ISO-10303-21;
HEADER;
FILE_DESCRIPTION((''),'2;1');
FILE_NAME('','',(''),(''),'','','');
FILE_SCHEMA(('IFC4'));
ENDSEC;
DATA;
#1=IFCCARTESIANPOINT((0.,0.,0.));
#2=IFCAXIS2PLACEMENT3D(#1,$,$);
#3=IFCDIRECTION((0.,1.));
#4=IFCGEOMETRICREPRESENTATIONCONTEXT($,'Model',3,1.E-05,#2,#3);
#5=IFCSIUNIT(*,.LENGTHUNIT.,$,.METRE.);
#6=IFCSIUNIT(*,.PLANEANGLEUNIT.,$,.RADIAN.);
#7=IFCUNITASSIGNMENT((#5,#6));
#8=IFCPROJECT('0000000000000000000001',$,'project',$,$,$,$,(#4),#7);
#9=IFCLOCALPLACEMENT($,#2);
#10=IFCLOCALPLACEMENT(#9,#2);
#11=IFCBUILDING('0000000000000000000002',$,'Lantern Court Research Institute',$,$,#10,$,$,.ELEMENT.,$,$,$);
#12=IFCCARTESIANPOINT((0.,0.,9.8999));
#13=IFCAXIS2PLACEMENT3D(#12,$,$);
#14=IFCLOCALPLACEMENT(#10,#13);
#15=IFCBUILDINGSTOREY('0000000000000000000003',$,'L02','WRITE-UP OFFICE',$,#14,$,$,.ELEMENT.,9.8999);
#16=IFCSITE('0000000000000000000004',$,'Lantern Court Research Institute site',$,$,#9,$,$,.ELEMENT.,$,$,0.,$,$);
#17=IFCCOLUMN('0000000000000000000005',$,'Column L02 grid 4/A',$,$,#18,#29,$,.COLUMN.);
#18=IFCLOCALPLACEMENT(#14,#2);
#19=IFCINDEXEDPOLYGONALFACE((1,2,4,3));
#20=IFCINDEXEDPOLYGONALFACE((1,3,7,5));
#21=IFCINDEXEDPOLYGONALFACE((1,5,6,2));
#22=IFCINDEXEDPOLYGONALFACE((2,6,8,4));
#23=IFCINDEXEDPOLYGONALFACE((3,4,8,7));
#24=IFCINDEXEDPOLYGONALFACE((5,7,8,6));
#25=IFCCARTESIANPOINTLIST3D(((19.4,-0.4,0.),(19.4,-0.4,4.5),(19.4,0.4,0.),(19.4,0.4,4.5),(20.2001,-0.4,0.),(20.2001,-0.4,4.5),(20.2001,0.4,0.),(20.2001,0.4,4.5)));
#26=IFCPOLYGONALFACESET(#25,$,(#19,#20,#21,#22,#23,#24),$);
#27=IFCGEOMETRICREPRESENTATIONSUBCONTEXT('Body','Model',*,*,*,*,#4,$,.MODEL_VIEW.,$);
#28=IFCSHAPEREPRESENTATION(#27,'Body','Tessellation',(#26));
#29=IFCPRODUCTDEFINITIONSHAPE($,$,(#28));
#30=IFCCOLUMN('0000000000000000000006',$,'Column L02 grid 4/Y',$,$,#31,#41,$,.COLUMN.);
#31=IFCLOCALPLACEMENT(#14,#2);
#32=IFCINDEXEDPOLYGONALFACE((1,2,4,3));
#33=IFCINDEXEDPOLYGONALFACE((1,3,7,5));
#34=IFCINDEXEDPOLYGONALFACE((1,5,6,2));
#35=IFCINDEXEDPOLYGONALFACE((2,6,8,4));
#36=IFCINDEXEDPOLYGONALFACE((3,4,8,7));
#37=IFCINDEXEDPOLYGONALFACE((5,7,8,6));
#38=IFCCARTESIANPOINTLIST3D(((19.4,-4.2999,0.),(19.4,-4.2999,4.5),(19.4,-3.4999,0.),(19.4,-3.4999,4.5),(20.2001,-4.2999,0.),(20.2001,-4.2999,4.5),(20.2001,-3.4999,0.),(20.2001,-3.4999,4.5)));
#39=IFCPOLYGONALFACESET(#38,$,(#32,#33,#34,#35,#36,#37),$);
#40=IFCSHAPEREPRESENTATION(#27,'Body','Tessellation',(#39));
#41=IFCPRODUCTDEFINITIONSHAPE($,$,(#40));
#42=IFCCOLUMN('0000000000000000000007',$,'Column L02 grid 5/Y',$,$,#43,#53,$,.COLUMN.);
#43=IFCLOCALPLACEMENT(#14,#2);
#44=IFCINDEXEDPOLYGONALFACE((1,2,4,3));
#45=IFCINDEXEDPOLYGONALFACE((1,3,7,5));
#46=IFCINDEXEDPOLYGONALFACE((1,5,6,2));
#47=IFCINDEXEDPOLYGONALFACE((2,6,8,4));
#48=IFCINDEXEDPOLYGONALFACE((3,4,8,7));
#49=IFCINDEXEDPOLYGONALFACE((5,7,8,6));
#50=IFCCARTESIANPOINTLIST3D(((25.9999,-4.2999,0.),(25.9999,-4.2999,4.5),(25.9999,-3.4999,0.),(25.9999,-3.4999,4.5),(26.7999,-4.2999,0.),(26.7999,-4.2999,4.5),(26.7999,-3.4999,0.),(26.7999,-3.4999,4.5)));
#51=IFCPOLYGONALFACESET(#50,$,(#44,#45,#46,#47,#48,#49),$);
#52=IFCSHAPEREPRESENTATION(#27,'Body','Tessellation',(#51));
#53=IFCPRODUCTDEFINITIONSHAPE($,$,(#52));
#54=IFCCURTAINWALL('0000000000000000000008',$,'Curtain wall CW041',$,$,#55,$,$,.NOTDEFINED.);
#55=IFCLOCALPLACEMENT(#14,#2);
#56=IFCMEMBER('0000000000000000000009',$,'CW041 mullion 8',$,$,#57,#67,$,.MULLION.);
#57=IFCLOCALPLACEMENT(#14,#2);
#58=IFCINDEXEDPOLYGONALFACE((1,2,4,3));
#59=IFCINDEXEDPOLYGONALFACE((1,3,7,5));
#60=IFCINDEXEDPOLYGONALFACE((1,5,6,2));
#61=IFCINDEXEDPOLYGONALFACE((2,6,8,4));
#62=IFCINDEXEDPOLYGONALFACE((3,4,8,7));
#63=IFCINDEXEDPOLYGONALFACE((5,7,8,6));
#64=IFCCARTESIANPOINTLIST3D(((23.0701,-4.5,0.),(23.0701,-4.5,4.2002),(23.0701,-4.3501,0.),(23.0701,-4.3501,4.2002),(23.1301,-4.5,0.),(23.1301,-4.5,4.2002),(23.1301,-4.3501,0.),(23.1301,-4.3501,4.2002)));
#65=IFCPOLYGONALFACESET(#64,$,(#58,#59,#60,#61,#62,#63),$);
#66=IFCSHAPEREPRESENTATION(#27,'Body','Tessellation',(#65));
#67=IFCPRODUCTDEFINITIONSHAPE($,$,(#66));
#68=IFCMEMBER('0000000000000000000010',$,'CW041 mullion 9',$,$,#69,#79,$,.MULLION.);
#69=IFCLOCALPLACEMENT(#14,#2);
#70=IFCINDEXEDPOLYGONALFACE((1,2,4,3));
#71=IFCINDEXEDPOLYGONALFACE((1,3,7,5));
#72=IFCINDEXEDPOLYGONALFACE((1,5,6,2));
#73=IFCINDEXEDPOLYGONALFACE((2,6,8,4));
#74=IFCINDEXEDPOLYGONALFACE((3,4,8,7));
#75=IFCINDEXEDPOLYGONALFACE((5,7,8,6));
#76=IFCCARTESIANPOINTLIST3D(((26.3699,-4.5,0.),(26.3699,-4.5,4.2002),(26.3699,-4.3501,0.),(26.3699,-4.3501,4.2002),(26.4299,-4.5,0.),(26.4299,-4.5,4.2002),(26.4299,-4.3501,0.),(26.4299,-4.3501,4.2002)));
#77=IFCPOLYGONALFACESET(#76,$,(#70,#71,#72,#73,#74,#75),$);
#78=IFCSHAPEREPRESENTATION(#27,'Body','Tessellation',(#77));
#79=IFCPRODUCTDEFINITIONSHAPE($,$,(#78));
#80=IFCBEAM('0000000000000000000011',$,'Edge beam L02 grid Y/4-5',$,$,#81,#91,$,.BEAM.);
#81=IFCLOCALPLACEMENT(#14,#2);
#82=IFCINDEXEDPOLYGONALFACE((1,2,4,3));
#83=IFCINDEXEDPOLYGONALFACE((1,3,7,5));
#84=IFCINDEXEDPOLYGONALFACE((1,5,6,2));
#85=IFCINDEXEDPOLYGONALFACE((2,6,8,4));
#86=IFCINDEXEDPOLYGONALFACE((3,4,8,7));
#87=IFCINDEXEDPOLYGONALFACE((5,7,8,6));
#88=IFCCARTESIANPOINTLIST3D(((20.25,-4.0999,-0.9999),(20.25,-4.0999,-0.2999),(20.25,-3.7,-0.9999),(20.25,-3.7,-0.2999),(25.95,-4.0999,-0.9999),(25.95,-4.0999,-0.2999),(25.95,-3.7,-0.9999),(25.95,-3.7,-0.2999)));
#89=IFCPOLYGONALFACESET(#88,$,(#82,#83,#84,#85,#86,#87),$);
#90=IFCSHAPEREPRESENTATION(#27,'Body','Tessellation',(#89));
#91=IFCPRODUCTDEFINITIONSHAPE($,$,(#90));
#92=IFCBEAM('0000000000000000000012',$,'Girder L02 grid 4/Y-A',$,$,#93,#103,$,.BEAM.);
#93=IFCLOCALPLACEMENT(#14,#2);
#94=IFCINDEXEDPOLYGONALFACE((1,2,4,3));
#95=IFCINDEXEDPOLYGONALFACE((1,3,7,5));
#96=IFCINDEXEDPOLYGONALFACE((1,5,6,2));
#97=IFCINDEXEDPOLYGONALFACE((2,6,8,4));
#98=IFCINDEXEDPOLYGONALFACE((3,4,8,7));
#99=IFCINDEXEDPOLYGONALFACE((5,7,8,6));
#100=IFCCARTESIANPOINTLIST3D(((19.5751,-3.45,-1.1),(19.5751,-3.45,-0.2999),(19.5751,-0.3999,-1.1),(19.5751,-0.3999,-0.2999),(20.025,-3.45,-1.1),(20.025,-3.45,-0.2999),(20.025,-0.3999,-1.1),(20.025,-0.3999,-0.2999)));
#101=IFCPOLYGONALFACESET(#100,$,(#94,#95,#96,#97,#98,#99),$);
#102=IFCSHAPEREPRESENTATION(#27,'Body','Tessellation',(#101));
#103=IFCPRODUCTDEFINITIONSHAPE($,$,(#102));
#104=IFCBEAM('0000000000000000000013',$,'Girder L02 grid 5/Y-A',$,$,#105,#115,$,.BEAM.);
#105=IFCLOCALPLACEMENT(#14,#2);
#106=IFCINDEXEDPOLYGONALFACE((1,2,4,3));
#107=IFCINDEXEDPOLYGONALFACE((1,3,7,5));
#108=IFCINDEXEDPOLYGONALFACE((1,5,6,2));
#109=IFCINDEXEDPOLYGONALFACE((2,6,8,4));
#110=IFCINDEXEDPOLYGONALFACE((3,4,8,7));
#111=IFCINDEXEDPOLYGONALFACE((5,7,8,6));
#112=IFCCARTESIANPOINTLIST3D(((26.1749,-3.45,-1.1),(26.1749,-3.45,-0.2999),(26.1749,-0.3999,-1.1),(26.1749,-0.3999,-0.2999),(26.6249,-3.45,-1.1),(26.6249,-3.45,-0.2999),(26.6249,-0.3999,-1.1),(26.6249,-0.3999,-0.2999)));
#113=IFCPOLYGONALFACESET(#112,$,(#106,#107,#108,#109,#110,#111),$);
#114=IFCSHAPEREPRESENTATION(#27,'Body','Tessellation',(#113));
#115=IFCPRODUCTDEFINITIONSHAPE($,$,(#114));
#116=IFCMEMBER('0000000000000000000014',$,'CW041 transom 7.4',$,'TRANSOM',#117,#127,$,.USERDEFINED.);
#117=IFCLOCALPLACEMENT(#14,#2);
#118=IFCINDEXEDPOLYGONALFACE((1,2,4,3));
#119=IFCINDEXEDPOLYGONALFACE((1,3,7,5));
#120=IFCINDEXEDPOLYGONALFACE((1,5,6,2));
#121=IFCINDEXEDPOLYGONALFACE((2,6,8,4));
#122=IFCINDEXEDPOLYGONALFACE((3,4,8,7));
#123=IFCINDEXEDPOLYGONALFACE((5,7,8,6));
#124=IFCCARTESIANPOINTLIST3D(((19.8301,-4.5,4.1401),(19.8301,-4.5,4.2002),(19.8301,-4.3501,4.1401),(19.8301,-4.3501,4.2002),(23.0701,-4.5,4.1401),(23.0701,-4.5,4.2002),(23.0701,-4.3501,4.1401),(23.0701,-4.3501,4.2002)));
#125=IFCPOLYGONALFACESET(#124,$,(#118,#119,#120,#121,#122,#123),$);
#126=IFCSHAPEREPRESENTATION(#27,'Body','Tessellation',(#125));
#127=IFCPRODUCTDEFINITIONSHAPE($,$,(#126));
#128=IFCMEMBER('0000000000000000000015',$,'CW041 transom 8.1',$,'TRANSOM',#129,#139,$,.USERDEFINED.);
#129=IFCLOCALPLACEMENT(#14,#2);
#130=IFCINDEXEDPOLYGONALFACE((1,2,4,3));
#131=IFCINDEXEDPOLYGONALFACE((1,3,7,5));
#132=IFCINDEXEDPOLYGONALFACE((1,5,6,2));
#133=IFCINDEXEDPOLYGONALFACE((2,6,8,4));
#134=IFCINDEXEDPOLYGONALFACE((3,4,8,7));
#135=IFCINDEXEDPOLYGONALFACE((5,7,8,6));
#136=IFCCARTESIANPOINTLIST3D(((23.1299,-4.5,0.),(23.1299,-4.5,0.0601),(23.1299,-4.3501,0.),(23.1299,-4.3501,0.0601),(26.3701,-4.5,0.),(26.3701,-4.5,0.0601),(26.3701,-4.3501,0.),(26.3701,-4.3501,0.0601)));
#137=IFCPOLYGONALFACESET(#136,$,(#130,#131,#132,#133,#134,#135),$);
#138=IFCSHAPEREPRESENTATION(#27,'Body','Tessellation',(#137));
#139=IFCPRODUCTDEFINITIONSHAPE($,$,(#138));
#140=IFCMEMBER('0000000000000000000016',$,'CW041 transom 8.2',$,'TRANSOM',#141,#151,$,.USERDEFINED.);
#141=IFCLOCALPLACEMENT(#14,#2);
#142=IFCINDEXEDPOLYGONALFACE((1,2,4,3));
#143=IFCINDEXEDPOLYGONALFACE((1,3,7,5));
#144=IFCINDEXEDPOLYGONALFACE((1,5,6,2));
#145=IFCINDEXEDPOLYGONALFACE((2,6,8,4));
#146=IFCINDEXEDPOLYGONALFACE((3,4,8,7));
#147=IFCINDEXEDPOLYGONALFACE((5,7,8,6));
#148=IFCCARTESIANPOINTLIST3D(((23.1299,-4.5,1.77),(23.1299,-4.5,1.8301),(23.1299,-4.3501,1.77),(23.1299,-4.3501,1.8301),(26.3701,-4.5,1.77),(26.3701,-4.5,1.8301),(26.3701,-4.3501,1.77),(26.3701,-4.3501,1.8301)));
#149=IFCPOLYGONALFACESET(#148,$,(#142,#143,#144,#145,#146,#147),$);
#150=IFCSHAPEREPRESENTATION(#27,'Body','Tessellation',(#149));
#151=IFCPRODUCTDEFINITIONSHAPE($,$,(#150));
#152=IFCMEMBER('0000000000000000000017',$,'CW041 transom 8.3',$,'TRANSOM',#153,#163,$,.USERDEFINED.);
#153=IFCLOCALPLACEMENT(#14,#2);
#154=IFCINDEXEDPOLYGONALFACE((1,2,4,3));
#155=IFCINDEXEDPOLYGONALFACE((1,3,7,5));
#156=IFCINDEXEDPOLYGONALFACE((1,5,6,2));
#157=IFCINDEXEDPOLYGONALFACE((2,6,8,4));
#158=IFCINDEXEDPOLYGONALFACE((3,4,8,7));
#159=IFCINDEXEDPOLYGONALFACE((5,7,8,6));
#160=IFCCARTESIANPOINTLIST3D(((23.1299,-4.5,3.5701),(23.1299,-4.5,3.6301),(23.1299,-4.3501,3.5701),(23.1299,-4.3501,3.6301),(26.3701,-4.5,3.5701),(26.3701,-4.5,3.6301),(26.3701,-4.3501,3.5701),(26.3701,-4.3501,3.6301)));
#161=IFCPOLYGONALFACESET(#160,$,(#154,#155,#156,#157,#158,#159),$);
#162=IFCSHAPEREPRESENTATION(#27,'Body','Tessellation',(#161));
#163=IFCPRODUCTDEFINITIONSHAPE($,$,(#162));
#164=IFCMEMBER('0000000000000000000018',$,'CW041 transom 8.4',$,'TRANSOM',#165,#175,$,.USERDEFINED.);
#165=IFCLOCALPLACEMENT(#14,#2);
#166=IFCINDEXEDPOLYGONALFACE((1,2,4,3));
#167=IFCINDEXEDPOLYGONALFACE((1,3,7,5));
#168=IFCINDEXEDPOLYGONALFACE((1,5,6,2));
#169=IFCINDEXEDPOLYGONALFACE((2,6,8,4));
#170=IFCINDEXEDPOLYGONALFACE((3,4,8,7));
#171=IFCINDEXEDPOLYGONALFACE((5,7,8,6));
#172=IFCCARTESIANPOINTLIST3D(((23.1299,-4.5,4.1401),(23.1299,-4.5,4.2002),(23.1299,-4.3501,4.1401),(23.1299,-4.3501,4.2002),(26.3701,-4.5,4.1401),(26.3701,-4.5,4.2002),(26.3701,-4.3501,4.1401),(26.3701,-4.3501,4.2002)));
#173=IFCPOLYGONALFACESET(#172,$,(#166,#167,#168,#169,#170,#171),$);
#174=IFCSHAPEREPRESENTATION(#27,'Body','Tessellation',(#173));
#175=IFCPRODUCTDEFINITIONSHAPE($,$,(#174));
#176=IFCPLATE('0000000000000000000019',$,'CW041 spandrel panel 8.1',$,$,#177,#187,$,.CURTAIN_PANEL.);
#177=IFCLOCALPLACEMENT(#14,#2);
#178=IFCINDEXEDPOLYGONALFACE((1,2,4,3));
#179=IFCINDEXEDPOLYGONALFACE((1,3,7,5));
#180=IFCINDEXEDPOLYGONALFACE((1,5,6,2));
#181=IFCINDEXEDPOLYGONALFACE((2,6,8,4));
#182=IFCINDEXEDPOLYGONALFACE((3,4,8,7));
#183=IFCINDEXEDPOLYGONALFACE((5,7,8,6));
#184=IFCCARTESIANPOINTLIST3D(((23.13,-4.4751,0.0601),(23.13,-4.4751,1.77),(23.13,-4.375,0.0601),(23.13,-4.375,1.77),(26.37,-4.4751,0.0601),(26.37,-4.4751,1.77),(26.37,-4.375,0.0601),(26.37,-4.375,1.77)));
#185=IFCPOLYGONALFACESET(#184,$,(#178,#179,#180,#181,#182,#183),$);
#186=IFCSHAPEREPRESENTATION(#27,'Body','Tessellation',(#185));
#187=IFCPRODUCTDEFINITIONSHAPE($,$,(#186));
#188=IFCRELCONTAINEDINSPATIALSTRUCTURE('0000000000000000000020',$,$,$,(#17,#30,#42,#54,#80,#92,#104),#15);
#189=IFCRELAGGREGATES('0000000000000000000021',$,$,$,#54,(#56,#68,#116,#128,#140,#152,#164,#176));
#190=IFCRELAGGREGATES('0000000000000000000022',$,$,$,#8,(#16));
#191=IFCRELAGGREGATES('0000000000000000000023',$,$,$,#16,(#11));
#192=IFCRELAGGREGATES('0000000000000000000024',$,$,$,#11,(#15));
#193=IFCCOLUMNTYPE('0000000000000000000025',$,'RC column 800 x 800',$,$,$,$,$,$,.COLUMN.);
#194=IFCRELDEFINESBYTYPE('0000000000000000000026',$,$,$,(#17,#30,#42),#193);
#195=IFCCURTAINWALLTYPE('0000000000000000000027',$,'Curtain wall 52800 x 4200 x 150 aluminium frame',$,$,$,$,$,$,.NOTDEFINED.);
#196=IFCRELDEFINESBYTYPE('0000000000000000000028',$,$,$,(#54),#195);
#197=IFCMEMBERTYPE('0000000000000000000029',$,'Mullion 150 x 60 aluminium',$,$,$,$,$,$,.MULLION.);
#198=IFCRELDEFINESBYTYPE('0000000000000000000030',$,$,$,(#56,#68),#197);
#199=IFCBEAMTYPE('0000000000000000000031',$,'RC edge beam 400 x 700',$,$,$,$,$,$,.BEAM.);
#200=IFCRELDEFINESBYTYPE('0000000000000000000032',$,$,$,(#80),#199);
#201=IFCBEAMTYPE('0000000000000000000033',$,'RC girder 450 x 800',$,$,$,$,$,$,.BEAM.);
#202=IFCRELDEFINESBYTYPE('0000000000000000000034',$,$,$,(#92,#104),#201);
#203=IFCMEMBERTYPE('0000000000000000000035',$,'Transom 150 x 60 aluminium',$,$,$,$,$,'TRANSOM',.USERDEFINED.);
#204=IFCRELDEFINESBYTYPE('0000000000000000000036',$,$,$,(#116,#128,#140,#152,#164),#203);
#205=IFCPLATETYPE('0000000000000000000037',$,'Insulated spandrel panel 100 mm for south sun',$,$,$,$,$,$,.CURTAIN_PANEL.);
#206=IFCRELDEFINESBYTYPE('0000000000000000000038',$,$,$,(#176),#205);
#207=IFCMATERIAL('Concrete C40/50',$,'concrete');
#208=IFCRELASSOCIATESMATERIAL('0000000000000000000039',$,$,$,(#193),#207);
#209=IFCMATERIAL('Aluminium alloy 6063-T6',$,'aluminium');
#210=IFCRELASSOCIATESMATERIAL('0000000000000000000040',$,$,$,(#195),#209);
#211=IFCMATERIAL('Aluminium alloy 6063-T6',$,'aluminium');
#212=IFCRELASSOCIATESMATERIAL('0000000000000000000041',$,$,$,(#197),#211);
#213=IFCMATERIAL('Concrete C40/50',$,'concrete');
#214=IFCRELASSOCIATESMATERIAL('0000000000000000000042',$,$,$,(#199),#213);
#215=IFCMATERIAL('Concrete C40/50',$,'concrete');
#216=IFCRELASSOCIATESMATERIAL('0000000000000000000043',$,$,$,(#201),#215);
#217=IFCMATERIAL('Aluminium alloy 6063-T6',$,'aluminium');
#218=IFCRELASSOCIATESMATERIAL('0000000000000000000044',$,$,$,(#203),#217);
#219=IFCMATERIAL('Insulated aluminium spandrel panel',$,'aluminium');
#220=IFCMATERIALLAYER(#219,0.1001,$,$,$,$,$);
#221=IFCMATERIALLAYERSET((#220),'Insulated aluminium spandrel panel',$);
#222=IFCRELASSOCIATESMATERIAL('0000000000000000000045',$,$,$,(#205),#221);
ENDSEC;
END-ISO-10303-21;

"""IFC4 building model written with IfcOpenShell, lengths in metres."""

from ifc_helpers import new_model, si_unit, direction, frame, origin, origin_2d, place, context, subcontext, project, spatial, rectangle, extrude, material, layer, layer_set, material_profile, profile_set, type_object, element, aggregate, save


model = new_model("IFC4")

# Units and contexts
model_context = context("Model", 3, precision=1e-05, world=origin(), true_north=direction((0.0, 1.0)))
body_context = subcontext(model_context, "Body", "Model", "MODEL_VIEW")
ifc_project = project(units=[si_unit("LENGTHUNIT", "METRE"), si_unit("PLANEANGLEUNIT", "RADIAN")], contexts=[model_context])

# Site, building, storey
site_placement = place(None, origin())
site = spatial("IfcSite", under=ifc_project, at=site_placement, Name="Lantern Court Research Institute site", CompositionType="ELEMENT", RefElevation=0.0)
building_placement = place(site_placement, origin())
building = spatial("IfcBuilding", under=site, at=building_placement, Name="Lantern Court Research Institute", CompositionType="ELEMENT")
storey_placement = place(building_placement, frame((0.0, 0.0, 9.8999)))
storey = spatial("IfcBuildingStorey", under=building, at=storey_placement, Name="L02", Description="WRITE-UP OFFICE", CompositionType="ELEMENT", Elevation=9.8999)

# Columns
ifc_material_1 = material(Name="Concrete C40/50", Category="concrete")
ifc_material_profile_1 = material_profile(ifc_material_1, rectangle(XDim=0.8, YDim=0.8, at=origin_2d()), Name="RC column 800 x 800")
ifc_profile_set_1 = profile_set([ifc_material_profile_1], Name="Concrete C40/50")
column_type = type_object("IfcColumnType", Name="RC column 800 x 800", PredefinedType="COLUMN", material=ifc_profile_set_1)
for number, where, z_axis, x_axis, name in (
    (1, (19.8, 0.0, 0.0), (0.0, 0.0, 1.0), (1.0, 0.0, 0.0), "Column L02 grid 4/A"),
    (2, (19.8, -3.8999, 0.0), (0.0, 0.0, 1.0), (1.0, 0.0, 0.0), "Column L02 grid 4/Y"),
    (3, (26.3999, -3.8999, 0.0), (0.0, 0.0, 1.0), (1.0, 0.0, 0.0), "Column L02 grid 5/Y"),
):
    element("IfcColumn", number, at=place(storey_placement, frame(where, z_axis=z_axis, x_axis=x_axis)), inside=storey, type_object=column_type, Name=name, PredefinedType="COLUMN", context=body_context, shape_type="SweptSolid", body=[
        extrude(rectangle(XDim=0.8, YDim=0.8, at=origin_2d()), origin(), (0.0, 0.0, 1.0), 4.5),
    ])

# Curtain wall, members
ifc_material_2 = material(Name="Aluminium alloy 6063-T6", Category="aluminium")
curtain_wall_type = type_object("IfcCurtainWallType", Name="Curtain wall 52800 x 4200 x 150 aluminium frame", PredefinedType="NOTDEFINED", material=ifc_material_2)
curtain_wall_placement = place(storey_placement, origin())
curtain_wall = element("IfcCurtainWall", 4, at=curtain_wall_placement, inside=storey, type_object=curtain_wall_type, Name="Curtain wall CW041", PredefinedType="NOTDEFINED")
ifc_material_3 = material(Name="Aluminium alloy 6063-T6", Category="aluminium")
ifc_material_profile_2 = material_profile(ifc_material_3, rectangle(XDim=0.1499, YDim=0.0601, at=origin_2d()), Name="Mullion 150 x 60")
ifc_profile_set_2 = profile_set([ifc_material_profile_2], Name="Aluminium alloy 6063-T6")
member_type_1 = type_object("IfcMemberType", Name="Mullion 150 x 60 aluminium", PredefinedType="MULLION", material=ifc_profile_set_2)
member_1_placement = place(storey_placement, frame((23.1001, -4.425, 0.0), z_axis=(0.0, 0.0, 1.0), x_axis=(0.0, -1.0, 0.0)))
member_1 = element("IfcMember", 5, at=member_1_placement, type_object=member_type_1, Name="CW041 mullion 8", PredefinedType="MULLION", context=body_context, shape_type="SweptSolid", body=[
    extrude(rectangle(XDim=0.1499, YDim=0.0601, at=origin_2d()), origin(), (0.0, 0.0, 1.0), 4.2002),
])
member_2_placement = place(storey_placement, frame((26.3999, -4.425, 0.0), z_axis=(0.0, 0.0, 1.0), x_axis=(0.0, -1.0, 0.0)))
member_2 = element("IfcMember", 6, at=member_2_placement, type_object=member_type_1, Name="CW041 mullion 9", PredefinedType="MULLION", context=body_context, shape_type="SweptSolid", body=[
    extrude(rectangle(XDim=0.1499, YDim=0.0601, at=origin_2d()), origin(), (0.0, 0.0, 1.0), 4.2002),
])

# Beams
ifc_material_4 = material(Name="Concrete C40/50", Category="concrete")
ifc_material_profile_3 = material_profile(ifc_material_4, rectangle(XDim=0.3999, YDim=0.7, at=origin_2d()), Name="RC beam 400 x 700")
ifc_profile_set_3 = profile_set([ifc_material_profile_3], Name="Concrete C40/50")
beam_type_1 = type_object("IfcBeamType", Name="RC edge beam 400 x 700", PredefinedType="BEAM", material=ifc_profile_set_3)
beam_placement = place(storey_placement, frame((20.25, -3.8999, -0.6499), z_axis=(1.0, 0.0, 0.0), x_axis=(0.0, 1.0, 0.0)))
element("IfcBeam", 7, at=beam_placement, inside=storey, type_object=beam_type_1, Name="Edge beam L02 grid Y/4-5", PredefinedType="BEAM", context=body_context, shape_type="SweptSolid", body=[
    extrude(rectangle(XDim=0.3999, YDim=0.7, at=origin_2d()), origin(), (0.0, 0.0, 1.0), 5.7),
])
ifc_material_5 = material(Name="Concrete C40/50", Category="concrete")
ifc_material_profile_4 = material_profile(ifc_material_5, rectangle(XDim=0.45, YDim=0.8, at=origin_2d()), Name="RC beam 450 x 800")
ifc_profile_set_4 = profile_set([ifc_material_profile_4], Name="Concrete C40/50")
beam_type_2 = type_object("IfcBeamType", Name="RC girder 450 x 800", PredefinedType="BEAM", material=ifc_profile_set_4)
for number, where, z_axis, x_axis, name in (
    (8, (19.8, -3.45, -0.7), (0.0, 1.0, 0.0), (-1.0, 0.0, 0.0), "Girder L02 grid 4/Y-A"),
    (9, (26.3999, -3.45, -0.7), (0.0, 1.0, 0.0), (-1.0, 0.0, 0.0), "Girder L02 grid 5/Y-A"),
):
    element("IfcBeam", number, at=place(storey_placement, frame(where, z_axis=z_axis, x_axis=x_axis)), inside=storey, type_object=beam_type_2, Name=name, PredefinedType="BEAM", context=body_context, shape_type="SweptSolid", body=[
        extrude(rectangle(XDim=0.45, YDim=0.8, at=origin_2d()), origin(), (0.0, 0.0, 1.0), 3.05),
    ])

# Members
ifc_material_6 = material(Name="Aluminium alloy 6063-T6", Category="aluminium")
ifc_material_profile_5 = material_profile(ifc_material_6, rectangle(XDim=0.1499, YDim=0.0601, at=origin_2d()), Name="Transom 150 x 60")
ifc_profile_set_5 = profile_set([ifc_material_profile_5], Name="Aluminium alloy 6063-T6")
member_type_2 = type_object("IfcMemberType", Name="Transom 150 x 60 aluminium", ElementType="TRANSOM", PredefinedType="USERDEFINED", material=ifc_profile_set_5)
member_3_placement = place(storey_placement, frame((23.0701, -4.425, 4.1702), z_axis=(-1.0, 0.0, 0.0), x_axis=(0.0, -1.0, 0.0)))
member_3 = element("IfcMember", 10, at=member_3_placement, type_object=member_type_2, Name="CW041 transom 7.4", ObjectType="TRANSOM", PredefinedType="USERDEFINED", context=body_context, shape_type="SweptSolid", body=[
    extrude(rectangle(XDim=0.1499, YDim=0.0601, at=origin_2d()), origin(), (0.0, 0.0, 1.0), 3.24),
])
member_4_placement = place(storey_placement, frame((26.3701, -4.425, 0.03), z_axis=(-1.0, 0.0, 0.0), x_axis=(0.0, -1.0, 0.0)))
member_4 = element("IfcMember", 11, at=member_4_placement, type_object=member_type_2, Name="CW041 transom 8.1", ObjectType="TRANSOM", PredefinedType="USERDEFINED", context=body_context, shape_type="SweptSolid", body=[
    extrude(rectangle(XDim=0.1499, YDim=0.0601, at=origin_2d()), origin(), (0.0, 0.0, 1.0), 3.2402),
])
member_5_placement = place(storey_placement, frame((26.3701, -4.425, 1.8), z_axis=(-1.0, 0.0, 0.0), x_axis=(0.0, -1.0, 0.0)))
member_5 = element("IfcMember", 12, at=member_5_placement, type_object=member_type_2, Name="CW041 transom 8.2", ObjectType="TRANSOM", PredefinedType="USERDEFINED", context=body_context, shape_type="SweptSolid", body=[
    extrude(rectangle(XDim=0.1499, YDim=0.0601, at=origin_2d()), origin(), (0.0, 0.0, 1.0), 3.2402),
])
member_6_placement = place(storey_placement, frame((26.3701, -4.425, 3.6001), z_axis=(-1.0, 0.0, 0.0), x_axis=(0.0, -1.0, 0.0)))
member_6 = element("IfcMember", 13, at=member_6_placement, type_object=member_type_2, Name="CW041 transom 8.3", ObjectType="TRANSOM", PredefinedType="USERDEFINED", context=body_context, shape_type="SweptSolid", body=[
    extrude(rectangle(XDim=0.1499, YDim=0.0601, at=origin_2d()), origin(), (0.0, 0.0, 1.0), 3.2402),
])
member_7_placement = place(storey_placement, frame((26.3701, -4.425, 4.1702), z_axis=(-1.0, 0.0, 0.0), x_axis=(0.0, -1.0, 0.0)))
member_7 = element("IfcMember", 14, at=member_7_placement, type_object=member_type_2, Name="CW041 transom 8.4", ObjectType="TRANSOM", PredefinedType="USERDEFINED", context=body_context, shape_type="SweptSolid", body=[
    extrude(rectangle(XDim=0.1499, YDim=0.0601, at=origin_2d()), origin(), (0.0, 0.0, 1.0), 3.2402),
])

# Plate
ifc_material_7 = material(Name="Insulated aluminium spandrel panel", Category="aluminium")
ifc_layer_1 = layer(ifc_material_7, 0.1001)
ifc_layer_set_1 = layer_set([ifc_layer_1], Name="Insulated aluminium spandrel panel")
plate_type_1 = type_object("IfcPlateType", Name="Insulated spandrel panel 100 mm for south sun", PredefinedType="CURTAIN_PANEL", material=ifc_layer_set_1)
plate_1_placement = place(storey_placement, frame((24.75, -4.425, 0.0601), z_axis=(0.0, 0.0, 1.0), x_axis=(-1.0, 0.0, 0.0)))
plate_1 = element("IfcPlate", 15, at=plate_1_placement, type_object=plate_type_1, Name="CW041 spandrel panel 8.1", PredefinedType="CURTAIN_PANEL", context=body_context, shape_type="SweptSolid", body=[
    extrude(rectangle(XDim=3.24, YDim=0.1001, at=origin_2d()), origin(), (0.0, 0.0, 1.0), 1.71),
])
aggregate(curtain_wall, [member_1, member_2, member_3, member_4, member_5, member_6, member_7, plate_1])

save(model, "model.ifc")
